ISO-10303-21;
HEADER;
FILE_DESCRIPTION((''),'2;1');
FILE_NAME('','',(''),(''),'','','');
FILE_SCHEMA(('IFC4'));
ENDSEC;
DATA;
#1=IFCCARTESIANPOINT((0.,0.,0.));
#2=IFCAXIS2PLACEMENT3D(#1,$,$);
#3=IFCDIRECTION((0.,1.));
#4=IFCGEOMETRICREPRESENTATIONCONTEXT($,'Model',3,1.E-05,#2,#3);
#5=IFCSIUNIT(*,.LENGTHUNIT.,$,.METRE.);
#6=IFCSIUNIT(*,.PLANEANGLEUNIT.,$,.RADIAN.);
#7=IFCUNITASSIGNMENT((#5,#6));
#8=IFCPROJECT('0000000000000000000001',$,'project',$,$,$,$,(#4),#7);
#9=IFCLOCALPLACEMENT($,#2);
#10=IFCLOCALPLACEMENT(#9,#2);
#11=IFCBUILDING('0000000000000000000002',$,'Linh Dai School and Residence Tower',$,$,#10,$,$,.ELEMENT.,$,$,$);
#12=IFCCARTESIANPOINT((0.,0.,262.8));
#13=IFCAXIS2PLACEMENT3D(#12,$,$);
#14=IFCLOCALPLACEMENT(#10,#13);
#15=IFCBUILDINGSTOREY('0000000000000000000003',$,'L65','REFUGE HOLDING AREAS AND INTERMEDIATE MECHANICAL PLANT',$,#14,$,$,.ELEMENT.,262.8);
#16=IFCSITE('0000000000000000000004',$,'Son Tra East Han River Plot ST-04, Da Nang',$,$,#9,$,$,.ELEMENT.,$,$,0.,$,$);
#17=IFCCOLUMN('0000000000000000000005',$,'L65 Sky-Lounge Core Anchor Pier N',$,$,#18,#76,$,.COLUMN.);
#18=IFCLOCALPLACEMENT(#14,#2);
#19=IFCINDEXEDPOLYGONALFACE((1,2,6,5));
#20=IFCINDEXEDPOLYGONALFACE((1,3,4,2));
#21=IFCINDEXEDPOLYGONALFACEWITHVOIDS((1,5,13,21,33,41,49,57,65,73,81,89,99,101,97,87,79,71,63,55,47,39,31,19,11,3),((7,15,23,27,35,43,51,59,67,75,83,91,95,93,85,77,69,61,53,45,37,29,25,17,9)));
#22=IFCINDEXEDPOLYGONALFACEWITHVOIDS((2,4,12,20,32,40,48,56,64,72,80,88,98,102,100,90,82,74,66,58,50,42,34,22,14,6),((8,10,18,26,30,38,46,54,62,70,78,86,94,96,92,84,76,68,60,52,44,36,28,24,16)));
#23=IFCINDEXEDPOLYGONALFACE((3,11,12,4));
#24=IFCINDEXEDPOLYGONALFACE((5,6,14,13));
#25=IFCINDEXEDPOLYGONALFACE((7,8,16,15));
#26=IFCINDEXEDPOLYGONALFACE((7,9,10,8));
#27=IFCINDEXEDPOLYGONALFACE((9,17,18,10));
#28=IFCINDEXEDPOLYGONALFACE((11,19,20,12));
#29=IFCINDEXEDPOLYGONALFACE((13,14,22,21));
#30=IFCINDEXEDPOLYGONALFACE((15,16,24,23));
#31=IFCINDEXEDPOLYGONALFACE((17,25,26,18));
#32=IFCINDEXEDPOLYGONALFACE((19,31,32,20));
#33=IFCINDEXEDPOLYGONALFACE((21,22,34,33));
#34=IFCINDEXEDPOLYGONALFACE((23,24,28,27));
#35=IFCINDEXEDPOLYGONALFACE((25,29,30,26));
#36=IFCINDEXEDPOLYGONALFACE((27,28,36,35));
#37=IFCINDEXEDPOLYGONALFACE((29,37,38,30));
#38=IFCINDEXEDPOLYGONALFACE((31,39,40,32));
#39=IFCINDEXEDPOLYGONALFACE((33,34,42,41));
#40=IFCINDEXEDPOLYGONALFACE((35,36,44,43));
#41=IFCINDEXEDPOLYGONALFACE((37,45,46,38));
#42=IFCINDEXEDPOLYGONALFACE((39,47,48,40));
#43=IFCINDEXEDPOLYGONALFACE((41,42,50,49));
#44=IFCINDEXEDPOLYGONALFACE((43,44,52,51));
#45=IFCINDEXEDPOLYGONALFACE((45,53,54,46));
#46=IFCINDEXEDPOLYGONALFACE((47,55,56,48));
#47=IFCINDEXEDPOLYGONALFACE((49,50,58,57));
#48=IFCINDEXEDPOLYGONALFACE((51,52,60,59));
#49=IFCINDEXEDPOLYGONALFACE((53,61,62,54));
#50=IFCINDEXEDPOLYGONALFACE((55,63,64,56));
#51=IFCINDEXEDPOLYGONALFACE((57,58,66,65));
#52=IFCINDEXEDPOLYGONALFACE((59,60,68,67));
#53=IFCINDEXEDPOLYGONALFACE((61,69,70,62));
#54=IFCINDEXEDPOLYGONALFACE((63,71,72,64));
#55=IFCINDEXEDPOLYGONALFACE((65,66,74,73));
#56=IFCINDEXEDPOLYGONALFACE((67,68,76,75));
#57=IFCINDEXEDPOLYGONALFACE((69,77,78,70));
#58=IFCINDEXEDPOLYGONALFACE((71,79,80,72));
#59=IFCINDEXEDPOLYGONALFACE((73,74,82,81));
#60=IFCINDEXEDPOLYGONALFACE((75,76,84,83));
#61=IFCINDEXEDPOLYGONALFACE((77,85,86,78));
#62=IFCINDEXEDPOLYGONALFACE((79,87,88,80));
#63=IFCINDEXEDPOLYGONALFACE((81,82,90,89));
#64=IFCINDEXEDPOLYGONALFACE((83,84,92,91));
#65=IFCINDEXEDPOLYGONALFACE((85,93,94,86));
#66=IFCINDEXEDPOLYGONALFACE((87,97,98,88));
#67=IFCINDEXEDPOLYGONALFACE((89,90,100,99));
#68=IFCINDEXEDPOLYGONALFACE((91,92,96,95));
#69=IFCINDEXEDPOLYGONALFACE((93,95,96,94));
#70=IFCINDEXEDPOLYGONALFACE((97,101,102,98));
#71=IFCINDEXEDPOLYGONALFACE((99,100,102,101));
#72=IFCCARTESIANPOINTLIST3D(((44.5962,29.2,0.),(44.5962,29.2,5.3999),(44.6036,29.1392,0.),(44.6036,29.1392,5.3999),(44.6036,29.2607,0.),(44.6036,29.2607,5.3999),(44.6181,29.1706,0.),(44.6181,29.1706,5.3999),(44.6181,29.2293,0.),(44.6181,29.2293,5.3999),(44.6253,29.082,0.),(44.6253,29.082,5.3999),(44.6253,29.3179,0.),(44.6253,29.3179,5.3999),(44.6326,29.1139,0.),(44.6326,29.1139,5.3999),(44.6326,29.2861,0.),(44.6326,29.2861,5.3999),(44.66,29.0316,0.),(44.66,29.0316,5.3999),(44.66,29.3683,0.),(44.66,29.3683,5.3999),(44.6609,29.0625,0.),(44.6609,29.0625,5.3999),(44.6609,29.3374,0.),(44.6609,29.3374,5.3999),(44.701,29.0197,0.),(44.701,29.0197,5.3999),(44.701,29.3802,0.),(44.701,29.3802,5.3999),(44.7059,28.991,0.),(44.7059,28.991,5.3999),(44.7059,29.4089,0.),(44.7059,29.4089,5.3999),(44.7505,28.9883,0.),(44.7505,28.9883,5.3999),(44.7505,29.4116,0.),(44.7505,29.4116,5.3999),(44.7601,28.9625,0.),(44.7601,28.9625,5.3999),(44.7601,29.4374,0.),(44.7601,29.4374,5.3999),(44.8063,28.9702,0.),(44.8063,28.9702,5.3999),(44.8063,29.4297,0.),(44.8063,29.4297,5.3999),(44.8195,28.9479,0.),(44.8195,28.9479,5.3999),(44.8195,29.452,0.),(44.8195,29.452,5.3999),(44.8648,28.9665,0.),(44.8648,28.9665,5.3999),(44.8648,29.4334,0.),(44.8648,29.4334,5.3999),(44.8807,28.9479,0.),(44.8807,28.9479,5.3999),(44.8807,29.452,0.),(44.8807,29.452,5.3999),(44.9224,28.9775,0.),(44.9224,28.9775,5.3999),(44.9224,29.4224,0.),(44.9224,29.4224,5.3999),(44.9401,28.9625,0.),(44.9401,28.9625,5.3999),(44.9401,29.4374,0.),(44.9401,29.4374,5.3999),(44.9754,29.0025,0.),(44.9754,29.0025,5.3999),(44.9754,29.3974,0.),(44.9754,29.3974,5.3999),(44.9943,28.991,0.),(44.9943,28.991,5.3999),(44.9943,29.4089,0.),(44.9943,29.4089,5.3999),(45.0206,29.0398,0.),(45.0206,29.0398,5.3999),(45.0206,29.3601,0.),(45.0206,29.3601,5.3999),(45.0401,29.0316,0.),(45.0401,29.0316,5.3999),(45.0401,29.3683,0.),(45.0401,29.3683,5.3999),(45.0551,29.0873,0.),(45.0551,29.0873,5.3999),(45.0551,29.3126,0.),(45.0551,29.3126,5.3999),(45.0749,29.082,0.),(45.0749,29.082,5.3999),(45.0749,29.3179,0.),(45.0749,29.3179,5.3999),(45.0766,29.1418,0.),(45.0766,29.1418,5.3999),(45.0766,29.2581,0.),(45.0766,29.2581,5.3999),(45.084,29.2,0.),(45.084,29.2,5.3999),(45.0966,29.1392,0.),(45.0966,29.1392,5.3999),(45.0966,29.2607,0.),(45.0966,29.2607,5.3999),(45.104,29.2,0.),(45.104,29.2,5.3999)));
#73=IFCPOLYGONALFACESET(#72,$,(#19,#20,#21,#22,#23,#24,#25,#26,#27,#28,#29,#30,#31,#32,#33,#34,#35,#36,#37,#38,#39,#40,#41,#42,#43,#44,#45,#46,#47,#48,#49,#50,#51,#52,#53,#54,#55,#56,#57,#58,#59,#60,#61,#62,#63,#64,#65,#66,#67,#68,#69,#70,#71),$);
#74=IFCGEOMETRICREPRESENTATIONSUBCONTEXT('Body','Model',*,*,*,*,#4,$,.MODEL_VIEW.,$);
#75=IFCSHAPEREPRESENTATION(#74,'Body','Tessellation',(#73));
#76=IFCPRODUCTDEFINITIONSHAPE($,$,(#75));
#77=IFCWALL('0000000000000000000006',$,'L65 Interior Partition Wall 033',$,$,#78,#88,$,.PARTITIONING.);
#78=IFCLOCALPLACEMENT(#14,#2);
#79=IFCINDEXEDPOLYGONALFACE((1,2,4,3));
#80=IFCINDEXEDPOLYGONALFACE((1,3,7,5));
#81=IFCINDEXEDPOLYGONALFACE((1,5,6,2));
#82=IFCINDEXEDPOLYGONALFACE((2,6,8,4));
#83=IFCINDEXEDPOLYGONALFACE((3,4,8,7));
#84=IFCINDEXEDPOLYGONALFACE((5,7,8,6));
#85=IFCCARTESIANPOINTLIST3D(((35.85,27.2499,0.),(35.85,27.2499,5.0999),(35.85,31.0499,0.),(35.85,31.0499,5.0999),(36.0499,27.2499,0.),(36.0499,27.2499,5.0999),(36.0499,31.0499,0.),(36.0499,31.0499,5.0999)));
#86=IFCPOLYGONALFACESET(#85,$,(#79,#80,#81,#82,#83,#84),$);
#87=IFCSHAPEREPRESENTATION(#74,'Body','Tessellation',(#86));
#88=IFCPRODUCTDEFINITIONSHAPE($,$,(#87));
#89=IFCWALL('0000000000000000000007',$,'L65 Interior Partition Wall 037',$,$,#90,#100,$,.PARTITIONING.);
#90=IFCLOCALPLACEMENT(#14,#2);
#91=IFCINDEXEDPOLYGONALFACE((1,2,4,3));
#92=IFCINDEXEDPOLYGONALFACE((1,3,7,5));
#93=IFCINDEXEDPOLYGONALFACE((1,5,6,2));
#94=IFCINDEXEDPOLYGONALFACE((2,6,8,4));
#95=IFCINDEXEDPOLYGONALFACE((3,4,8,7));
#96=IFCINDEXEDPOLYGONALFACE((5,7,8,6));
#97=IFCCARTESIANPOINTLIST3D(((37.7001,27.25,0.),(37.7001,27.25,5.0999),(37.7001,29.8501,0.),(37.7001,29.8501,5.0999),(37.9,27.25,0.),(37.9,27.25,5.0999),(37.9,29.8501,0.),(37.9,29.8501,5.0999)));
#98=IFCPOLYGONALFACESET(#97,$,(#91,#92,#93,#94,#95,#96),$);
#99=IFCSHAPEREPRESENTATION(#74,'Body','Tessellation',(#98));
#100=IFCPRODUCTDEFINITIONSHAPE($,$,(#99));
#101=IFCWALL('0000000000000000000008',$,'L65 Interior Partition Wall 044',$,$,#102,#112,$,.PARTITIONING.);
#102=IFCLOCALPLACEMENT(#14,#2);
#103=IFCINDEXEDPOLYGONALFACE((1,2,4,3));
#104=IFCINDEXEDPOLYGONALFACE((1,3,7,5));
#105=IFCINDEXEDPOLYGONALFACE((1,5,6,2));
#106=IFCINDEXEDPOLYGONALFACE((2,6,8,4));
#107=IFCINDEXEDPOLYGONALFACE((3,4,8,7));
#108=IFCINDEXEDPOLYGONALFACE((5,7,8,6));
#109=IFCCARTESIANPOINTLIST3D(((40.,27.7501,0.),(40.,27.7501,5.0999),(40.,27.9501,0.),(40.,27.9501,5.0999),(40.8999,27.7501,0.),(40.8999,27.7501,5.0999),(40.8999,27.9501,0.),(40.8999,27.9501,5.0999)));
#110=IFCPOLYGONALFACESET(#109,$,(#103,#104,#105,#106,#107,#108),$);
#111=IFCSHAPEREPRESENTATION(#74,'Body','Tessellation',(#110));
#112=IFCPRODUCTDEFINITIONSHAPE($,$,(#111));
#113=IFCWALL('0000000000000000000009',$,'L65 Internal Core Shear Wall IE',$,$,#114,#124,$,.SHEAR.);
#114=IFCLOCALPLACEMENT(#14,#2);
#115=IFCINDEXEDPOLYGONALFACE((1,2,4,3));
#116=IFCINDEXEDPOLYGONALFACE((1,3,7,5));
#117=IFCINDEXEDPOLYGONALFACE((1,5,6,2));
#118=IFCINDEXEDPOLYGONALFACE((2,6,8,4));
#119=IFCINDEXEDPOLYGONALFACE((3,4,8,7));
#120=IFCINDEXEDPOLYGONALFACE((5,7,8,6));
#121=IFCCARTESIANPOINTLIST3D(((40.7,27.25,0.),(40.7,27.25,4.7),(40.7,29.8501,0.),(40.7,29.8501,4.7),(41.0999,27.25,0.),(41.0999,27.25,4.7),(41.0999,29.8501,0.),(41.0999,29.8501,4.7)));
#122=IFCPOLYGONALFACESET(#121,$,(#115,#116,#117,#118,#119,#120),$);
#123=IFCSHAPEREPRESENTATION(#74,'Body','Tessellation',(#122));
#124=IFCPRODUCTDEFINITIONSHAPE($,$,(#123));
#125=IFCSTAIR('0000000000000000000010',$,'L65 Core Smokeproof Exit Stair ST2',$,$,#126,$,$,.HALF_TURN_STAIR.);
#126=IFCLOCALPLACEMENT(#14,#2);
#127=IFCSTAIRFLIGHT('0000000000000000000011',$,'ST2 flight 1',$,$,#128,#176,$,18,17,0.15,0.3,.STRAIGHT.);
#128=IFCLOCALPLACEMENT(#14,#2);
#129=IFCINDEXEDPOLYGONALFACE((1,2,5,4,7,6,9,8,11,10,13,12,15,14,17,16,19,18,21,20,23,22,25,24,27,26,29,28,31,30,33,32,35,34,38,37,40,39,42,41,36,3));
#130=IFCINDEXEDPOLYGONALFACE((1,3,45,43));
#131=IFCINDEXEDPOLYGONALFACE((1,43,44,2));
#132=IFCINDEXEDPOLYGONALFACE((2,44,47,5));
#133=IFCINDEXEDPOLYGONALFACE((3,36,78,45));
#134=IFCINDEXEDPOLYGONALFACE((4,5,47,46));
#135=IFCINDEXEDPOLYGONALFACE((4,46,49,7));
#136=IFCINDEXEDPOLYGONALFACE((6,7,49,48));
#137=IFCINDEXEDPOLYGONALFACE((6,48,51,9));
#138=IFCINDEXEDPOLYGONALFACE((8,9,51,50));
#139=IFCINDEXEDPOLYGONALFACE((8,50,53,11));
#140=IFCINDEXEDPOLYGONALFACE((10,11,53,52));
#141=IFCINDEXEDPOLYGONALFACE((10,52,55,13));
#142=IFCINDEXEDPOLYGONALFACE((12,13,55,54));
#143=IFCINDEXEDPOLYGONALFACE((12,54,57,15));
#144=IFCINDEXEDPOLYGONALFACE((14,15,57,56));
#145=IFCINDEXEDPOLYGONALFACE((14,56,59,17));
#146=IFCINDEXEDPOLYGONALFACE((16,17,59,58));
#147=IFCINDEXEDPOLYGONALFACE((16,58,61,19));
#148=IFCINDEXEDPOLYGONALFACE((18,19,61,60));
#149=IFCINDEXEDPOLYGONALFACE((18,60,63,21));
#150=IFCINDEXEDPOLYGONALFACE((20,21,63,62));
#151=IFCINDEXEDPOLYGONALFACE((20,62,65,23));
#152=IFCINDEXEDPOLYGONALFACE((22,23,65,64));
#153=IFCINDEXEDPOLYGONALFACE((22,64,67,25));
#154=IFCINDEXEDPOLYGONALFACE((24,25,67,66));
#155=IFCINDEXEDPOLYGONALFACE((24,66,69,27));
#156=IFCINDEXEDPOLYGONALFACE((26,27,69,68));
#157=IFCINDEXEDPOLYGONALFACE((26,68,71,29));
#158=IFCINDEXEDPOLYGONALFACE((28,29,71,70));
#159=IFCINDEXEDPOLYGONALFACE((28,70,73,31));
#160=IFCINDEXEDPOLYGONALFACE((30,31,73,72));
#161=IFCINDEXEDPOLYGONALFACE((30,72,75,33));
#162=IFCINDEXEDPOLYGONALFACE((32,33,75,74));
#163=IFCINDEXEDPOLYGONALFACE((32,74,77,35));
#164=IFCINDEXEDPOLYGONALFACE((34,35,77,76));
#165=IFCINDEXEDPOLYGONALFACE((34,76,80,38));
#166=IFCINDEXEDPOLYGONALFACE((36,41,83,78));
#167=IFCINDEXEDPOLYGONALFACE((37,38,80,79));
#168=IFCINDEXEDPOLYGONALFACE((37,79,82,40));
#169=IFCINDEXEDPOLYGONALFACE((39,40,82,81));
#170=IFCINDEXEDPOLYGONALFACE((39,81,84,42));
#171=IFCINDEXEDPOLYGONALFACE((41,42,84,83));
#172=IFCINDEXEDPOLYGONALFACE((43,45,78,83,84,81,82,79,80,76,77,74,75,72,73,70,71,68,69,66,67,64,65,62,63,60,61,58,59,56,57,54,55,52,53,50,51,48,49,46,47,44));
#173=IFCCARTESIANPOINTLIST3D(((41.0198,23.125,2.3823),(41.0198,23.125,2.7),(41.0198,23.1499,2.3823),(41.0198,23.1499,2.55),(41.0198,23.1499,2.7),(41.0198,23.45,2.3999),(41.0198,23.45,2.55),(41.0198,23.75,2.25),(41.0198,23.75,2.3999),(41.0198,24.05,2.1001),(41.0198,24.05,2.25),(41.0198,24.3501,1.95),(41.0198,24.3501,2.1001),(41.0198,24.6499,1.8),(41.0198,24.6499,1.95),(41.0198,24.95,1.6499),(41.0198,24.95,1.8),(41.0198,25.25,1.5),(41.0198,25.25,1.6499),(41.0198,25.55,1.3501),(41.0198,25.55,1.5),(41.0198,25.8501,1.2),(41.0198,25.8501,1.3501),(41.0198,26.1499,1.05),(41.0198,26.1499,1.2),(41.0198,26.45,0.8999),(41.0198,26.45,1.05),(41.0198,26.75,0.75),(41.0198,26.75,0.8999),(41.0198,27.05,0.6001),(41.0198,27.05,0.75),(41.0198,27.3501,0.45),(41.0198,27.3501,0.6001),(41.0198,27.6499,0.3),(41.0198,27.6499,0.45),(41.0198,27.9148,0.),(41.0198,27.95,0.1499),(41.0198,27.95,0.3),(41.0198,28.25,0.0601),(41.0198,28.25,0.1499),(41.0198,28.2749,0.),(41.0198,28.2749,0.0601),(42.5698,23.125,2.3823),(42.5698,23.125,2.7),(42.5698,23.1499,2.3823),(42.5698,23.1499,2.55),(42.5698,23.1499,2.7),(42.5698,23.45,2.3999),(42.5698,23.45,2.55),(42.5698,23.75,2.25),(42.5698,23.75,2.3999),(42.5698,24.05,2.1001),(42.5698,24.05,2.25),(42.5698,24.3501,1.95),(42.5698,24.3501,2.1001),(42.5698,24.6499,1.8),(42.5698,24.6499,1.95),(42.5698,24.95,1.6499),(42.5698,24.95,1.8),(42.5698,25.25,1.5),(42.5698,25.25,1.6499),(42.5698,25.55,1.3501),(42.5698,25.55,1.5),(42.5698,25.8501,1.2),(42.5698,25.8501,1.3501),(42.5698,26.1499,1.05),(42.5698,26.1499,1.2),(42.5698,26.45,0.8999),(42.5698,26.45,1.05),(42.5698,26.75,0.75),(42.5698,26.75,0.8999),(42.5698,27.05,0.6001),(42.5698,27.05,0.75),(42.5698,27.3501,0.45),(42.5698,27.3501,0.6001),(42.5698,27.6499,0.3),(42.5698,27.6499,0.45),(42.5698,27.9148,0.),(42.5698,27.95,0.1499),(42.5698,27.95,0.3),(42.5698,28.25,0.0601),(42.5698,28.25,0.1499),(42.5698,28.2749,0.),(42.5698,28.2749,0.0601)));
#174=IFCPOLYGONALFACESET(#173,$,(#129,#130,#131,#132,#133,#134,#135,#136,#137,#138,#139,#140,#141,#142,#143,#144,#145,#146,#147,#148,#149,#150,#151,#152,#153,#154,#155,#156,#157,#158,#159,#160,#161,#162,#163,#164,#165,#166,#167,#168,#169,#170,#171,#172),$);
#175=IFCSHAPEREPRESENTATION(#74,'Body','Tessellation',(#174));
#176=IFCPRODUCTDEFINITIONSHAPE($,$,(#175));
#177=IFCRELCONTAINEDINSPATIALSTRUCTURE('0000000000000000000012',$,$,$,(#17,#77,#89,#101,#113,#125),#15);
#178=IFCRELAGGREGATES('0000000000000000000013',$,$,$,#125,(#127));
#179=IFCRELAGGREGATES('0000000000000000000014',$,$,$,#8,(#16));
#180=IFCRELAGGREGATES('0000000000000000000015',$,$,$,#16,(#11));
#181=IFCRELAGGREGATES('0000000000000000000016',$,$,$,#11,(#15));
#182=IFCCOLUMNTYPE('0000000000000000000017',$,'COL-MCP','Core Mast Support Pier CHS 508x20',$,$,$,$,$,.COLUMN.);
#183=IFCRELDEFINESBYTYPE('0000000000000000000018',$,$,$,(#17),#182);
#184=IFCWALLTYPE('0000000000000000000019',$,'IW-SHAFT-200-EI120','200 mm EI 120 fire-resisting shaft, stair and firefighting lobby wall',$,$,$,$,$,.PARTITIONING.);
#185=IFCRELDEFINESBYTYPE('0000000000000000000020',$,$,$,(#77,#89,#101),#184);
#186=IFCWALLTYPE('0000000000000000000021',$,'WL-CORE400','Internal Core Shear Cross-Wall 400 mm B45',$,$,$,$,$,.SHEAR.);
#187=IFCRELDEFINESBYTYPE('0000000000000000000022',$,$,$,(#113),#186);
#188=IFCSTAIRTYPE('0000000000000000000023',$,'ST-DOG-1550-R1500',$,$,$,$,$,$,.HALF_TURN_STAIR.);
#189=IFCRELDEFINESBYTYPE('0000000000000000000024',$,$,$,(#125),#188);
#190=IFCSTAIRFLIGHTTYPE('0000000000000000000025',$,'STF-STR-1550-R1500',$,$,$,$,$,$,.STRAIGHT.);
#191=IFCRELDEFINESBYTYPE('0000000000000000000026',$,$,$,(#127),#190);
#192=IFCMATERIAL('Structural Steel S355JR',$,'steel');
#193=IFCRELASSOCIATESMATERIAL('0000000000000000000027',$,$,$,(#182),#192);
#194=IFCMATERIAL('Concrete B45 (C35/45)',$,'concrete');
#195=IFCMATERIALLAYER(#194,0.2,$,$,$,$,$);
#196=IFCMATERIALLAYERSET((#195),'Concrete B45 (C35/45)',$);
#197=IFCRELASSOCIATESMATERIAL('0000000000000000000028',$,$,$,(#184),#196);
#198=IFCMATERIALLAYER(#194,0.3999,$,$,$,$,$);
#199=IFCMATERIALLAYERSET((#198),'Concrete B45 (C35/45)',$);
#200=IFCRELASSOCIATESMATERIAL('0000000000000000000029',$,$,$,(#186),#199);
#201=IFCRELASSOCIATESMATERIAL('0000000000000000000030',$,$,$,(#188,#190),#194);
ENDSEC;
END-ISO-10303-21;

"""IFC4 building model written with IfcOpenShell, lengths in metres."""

from ifc_helpers import new_model, si_unit, direction, frame, frame_2d, origin, origin_2d, place, context, subcontext, project, spatial, polyline, rectangle, hollow_circle, outline, extrude, source, transform, mapped, material, layer, layer_set, material_profile, profile_set, type_object, element, aggregate, save


model = new_model("IFC4")

# Units and contexts
model_context = context("Model", 3, precision=1e-05, world=origin(), true_north=direction((0.0, 1.0)))
body_context = subcontext(model_context, "Body", "Model", "MODEL_VIEW")
ifc_project = project(units=[si_unit("LENGTHUNIT", "METRE"), si_unit("PLANEANGLEUNIT", "RADIAN")], contexts=[model_context])

# Site, building, storey
site_placement = place(None, origin())
site = spatial("IfcSite", under=ifc_project, at=site_placement, Name="Son Tra East Han River Plot ST-04, Da Nang", CompositionType="ELEMENT", RefElevation=0.0)
building_placement = place(site_placement, origin())
building = spatial("IfcBuilding", under=site, at=building_placement, Name="Linh Dai School and Residence Tower", CompositionType="ELEMENT")
storey_placement = place(building_placement, frame((0.0, 0.0, 262.8)))
storey = spatial("IfcBuildingStorey", under=building, at=storey_placement, Name="L65", Description="REFUGE HOLDING AREAS AND INTERMEDIATE MECHANICAL PLANT", CompositionType="ELEMENT", Elevation=262.8)

# Column
ifc_material_1 = material(Name="Structural Steel S355JR", Category="steel")
ifc_material_profile_1 = material_profile(ifc_material_1, hollow_circle(Radius=0.2539, WallThickness=0.02, at=origin_2d()), Name="CHS 508x20")
ifc_profile_set_1 = profile_set([ifc_material_profile_1], Name="Structural Steel S355JR")
column_type_1 = type_object("IfcColumnType", Name="COL-MCP", Description="Core Mast Support Pier CHS 508x20", PredefinedType="COLUMN", material=ifc_profile_set_1)
column_placement = place(storey_placement, frame((44.8501, 29.2, 0.0), z_axis=(0.0, 0.0, 1.0), x_axis=(1.0, 0.0, 0.0)))
element("IfcColumn", 1, at=column_placement, inside=storey, type_object=column_type_1, Name="L65 Sky-Lounge Core Anchor Pier N", PredefinedType="COLUMN", context=body_context, shape_type="SweptSolid", body=[
    extrude(hollow_circle(Radius=0.2539, WallThickness=0.02, at=origin_2d()), origin(), (0.0, 0.0, 1.0), 5.3999),
])

# Wall
ifc_material_2 = material(Name="Concrete B45 (C35/45)", Category="concrete")
ifc_layer_1 = layer(ifc_material_2, 0.2)
ifc_layer_set_1 = layer_set([ifc_layer_1], Name="Concrete B45 (C35/45)")
wall_type_1 = type_object("IfcWallType", Name="IW-SHAFT-200-EI120", Description="200 mm EI 120 fire-resisting shaft, stair and firefighting lobby wall", PredefinedType="PARTITIONING", material=ifc_layer_set_1)
wall_1_placement = place(storey_placement, frame((35.95, 27.25, 0.0), z_axis=(0.0, 0.0, 1.0), x_axis=(0.0, 1.0, 0.0)))
element("IfcWall", 2, at=wall_1_placement, inside=storey, type_object=wall_type_1, Name="L65 Interior Partition Wall 033", PredefinedType="PARTITIONING", context=body_context, shape_type="SweptSolid", body=[
    extrude(rectangle(XDim=3.8, YDim=0.2, at=frame_2d((1.8999, 0.0))), origin(), (0.0, 0.0, 1.0), 5.0999),
])

# Walls
wall_2_placement = place(storey_placement, frame((37.8, 27.25, 0.0), z_axis=(0.0, 0.0, 1.0), x_axis=(0.0, 1.0, 0.0)))
element("IfcWall", 3, at=wall_2_placement, inside=storey, type_object=wall_type_1, Name="L65 Interior Partition Wall 037", PredefinedType="PARTITIONING", context=body_context, shape_type="SweptSolid", body=[
    extrude(rectangle(XDim=2.6001, YDim=0.2, at=frame_2d((1.3, 0.0))), origin(), (0.0, 0.0, 1.0), 5.0999),
])
wall_3_placement = place(storey_placement, frame((40.0, 27.8501, 0.0), z_axis=(0.0, 0.0, 1.0), x_axis=(1.0, 0.0, 0.0)))
element("IfcWall", 4, at=wall_3_placement, inside=storey, type_object=wall_type_1, Name="L65 Interior Partition Wall 044", PredefinedType="PARTITIONING", context=body_context, shape_type="SweptSolid", body=[
    extrude(rectangle(XDim=0.8999, YDim=0.2, at=frame_2d((0.45, 0.0))), origin(), (0.0, 0.0, 1.0), 5.0999),
])
ifc_layer_2 = layer(ifc_material_2, 0.3999)
ifc_layer_set_2 = layer_set([ifc_layer_2], Name="Concrete B45 (C35/45)")
wall_type_2 = type_object("IfcWallType", Name="WL-CORE400", Description="Internal Core Shear Cross-Wall 400 mm B45", PredefinedType="SHEAR", material=ifc_layer_set_2)
wall_4_placement = place(storey_placement, frame((40.8999, 27.25, 0.0), z_axis=(0.0, 0.0, 1.0), x_axis=(0.0, 1.0, 0.0)))
element("IfcWall", 5, at=wall_4_placement, inside=storey, type_object=wall_type_2, Name="L65 Internal Core Shear Wall IE", PredefinedType="SHEAR", context=body_context, shape_type="SweptSolid", body=[
    extrude(rectangle(XDim=2.6001, YDim=0.3999, at=frame_2d((1.3, 0.0))), origin(), (0.0, 0.0, 1.0), 4.7),
])

# Stair, stair flight
stair_type = type_object("IfcStairType", Name="ST-DOG-1550-R1500", PredefinedType="HALF_TURN_STAIR", material=ifc_material_2)
stair_placement = place(storey_placement, origin())
stair = element("IfcStair", 6, at=stair_placement, inside=storey, type_object=stair_type, Name="L65 Core Smokeproof Exit Stair ST2", PredefinedType="HALF_TURN_STAIR")
stair_flight_type = type_object("IfcStairFlightType", Name="STF-STR-1550-R1500", PredefinedType="STRAIGHT", material=ifc_material_2)
shared_shape_1 = source(origin(), body_context, "Body", "SweptSolid", [
    extrude(outline(polyline([(-0.0249, 0.0), (-0.0249, 0.0601), (0.0, 0.0601), (0.0, 0.1499), (0.3, 0.1499), (0.3, 0.3), (0.6001, 0.3), (0.6001, 0.45), (0.8999, 0.45), (0.8999, 0.6001), (1.2, 0.6001), (1.2, 0.75), (1.5, 0.75), (1.5, 0.8999), (1.8, 0.8999), (1.8, 1.05), (2.1001, 1.05), (2.1001, 1.2), (2.3999, 1.2), (2.3999, 1.3501), (2.7, 1.3501), (2.7, 1.5), (3.0, 1.5), (3.0, 1.6499), (3.3, 1.6499), (3.3, 1.8), (3.6001, 1.8), (3.6001, 1.95), (3.8999, 1.95), (3.8999, 2.1001), (4.2, 2.1001), (4.2, 2.25), (4.5, 2.25), (4.5, 2.3999), (4.8, 2.3999), (4.8, 2.55), (5.1001, 2.55), (5.1001, 2.7), (5.125, 2.7), (5.125, 2.3823), (5.1001, 2.3823), (0.3352, 0.0), (-0.0249, 0.0)])), frame((0.0, 0.7749, 0.0), z_axis=(0.0, -1.0, 0.0), x_axis=(1.0, 0.0, 0.0)), (0.0, 0.0, 1.0), 1.55),
])
stair_flight_placement = place(storey_placement, frame((41.7949, 28.25, 0.0), z_axis=(0.0, 0.0, 1.0), x_axis=(0.0, -1.0, 0.0)))
stair_flight = element("IfcStairFlight", 7, at=stair_flight_placement, type_object=stair_flight_type, Name="ST2 flight 1", NumberOfRisers=18, NumberOfTreads=17, PredefinedType="STRAIGHT", RiserHeight=0.15, TreadLength=0.3, context=body_context, shape_type="MappedRepresentation", body=[
    mapped(shared_shape_1, transform((0.0, 0.0, 0.0), x_axis=(1.0, 0.0, 0.0), y_axis=(0.0, 1.0, 0.0), z_axis=(0.0, 0.0, 1.0), scale=1.0)),
])
aggregate(stair, [stair_flight])

save(model, "model.ifc")
